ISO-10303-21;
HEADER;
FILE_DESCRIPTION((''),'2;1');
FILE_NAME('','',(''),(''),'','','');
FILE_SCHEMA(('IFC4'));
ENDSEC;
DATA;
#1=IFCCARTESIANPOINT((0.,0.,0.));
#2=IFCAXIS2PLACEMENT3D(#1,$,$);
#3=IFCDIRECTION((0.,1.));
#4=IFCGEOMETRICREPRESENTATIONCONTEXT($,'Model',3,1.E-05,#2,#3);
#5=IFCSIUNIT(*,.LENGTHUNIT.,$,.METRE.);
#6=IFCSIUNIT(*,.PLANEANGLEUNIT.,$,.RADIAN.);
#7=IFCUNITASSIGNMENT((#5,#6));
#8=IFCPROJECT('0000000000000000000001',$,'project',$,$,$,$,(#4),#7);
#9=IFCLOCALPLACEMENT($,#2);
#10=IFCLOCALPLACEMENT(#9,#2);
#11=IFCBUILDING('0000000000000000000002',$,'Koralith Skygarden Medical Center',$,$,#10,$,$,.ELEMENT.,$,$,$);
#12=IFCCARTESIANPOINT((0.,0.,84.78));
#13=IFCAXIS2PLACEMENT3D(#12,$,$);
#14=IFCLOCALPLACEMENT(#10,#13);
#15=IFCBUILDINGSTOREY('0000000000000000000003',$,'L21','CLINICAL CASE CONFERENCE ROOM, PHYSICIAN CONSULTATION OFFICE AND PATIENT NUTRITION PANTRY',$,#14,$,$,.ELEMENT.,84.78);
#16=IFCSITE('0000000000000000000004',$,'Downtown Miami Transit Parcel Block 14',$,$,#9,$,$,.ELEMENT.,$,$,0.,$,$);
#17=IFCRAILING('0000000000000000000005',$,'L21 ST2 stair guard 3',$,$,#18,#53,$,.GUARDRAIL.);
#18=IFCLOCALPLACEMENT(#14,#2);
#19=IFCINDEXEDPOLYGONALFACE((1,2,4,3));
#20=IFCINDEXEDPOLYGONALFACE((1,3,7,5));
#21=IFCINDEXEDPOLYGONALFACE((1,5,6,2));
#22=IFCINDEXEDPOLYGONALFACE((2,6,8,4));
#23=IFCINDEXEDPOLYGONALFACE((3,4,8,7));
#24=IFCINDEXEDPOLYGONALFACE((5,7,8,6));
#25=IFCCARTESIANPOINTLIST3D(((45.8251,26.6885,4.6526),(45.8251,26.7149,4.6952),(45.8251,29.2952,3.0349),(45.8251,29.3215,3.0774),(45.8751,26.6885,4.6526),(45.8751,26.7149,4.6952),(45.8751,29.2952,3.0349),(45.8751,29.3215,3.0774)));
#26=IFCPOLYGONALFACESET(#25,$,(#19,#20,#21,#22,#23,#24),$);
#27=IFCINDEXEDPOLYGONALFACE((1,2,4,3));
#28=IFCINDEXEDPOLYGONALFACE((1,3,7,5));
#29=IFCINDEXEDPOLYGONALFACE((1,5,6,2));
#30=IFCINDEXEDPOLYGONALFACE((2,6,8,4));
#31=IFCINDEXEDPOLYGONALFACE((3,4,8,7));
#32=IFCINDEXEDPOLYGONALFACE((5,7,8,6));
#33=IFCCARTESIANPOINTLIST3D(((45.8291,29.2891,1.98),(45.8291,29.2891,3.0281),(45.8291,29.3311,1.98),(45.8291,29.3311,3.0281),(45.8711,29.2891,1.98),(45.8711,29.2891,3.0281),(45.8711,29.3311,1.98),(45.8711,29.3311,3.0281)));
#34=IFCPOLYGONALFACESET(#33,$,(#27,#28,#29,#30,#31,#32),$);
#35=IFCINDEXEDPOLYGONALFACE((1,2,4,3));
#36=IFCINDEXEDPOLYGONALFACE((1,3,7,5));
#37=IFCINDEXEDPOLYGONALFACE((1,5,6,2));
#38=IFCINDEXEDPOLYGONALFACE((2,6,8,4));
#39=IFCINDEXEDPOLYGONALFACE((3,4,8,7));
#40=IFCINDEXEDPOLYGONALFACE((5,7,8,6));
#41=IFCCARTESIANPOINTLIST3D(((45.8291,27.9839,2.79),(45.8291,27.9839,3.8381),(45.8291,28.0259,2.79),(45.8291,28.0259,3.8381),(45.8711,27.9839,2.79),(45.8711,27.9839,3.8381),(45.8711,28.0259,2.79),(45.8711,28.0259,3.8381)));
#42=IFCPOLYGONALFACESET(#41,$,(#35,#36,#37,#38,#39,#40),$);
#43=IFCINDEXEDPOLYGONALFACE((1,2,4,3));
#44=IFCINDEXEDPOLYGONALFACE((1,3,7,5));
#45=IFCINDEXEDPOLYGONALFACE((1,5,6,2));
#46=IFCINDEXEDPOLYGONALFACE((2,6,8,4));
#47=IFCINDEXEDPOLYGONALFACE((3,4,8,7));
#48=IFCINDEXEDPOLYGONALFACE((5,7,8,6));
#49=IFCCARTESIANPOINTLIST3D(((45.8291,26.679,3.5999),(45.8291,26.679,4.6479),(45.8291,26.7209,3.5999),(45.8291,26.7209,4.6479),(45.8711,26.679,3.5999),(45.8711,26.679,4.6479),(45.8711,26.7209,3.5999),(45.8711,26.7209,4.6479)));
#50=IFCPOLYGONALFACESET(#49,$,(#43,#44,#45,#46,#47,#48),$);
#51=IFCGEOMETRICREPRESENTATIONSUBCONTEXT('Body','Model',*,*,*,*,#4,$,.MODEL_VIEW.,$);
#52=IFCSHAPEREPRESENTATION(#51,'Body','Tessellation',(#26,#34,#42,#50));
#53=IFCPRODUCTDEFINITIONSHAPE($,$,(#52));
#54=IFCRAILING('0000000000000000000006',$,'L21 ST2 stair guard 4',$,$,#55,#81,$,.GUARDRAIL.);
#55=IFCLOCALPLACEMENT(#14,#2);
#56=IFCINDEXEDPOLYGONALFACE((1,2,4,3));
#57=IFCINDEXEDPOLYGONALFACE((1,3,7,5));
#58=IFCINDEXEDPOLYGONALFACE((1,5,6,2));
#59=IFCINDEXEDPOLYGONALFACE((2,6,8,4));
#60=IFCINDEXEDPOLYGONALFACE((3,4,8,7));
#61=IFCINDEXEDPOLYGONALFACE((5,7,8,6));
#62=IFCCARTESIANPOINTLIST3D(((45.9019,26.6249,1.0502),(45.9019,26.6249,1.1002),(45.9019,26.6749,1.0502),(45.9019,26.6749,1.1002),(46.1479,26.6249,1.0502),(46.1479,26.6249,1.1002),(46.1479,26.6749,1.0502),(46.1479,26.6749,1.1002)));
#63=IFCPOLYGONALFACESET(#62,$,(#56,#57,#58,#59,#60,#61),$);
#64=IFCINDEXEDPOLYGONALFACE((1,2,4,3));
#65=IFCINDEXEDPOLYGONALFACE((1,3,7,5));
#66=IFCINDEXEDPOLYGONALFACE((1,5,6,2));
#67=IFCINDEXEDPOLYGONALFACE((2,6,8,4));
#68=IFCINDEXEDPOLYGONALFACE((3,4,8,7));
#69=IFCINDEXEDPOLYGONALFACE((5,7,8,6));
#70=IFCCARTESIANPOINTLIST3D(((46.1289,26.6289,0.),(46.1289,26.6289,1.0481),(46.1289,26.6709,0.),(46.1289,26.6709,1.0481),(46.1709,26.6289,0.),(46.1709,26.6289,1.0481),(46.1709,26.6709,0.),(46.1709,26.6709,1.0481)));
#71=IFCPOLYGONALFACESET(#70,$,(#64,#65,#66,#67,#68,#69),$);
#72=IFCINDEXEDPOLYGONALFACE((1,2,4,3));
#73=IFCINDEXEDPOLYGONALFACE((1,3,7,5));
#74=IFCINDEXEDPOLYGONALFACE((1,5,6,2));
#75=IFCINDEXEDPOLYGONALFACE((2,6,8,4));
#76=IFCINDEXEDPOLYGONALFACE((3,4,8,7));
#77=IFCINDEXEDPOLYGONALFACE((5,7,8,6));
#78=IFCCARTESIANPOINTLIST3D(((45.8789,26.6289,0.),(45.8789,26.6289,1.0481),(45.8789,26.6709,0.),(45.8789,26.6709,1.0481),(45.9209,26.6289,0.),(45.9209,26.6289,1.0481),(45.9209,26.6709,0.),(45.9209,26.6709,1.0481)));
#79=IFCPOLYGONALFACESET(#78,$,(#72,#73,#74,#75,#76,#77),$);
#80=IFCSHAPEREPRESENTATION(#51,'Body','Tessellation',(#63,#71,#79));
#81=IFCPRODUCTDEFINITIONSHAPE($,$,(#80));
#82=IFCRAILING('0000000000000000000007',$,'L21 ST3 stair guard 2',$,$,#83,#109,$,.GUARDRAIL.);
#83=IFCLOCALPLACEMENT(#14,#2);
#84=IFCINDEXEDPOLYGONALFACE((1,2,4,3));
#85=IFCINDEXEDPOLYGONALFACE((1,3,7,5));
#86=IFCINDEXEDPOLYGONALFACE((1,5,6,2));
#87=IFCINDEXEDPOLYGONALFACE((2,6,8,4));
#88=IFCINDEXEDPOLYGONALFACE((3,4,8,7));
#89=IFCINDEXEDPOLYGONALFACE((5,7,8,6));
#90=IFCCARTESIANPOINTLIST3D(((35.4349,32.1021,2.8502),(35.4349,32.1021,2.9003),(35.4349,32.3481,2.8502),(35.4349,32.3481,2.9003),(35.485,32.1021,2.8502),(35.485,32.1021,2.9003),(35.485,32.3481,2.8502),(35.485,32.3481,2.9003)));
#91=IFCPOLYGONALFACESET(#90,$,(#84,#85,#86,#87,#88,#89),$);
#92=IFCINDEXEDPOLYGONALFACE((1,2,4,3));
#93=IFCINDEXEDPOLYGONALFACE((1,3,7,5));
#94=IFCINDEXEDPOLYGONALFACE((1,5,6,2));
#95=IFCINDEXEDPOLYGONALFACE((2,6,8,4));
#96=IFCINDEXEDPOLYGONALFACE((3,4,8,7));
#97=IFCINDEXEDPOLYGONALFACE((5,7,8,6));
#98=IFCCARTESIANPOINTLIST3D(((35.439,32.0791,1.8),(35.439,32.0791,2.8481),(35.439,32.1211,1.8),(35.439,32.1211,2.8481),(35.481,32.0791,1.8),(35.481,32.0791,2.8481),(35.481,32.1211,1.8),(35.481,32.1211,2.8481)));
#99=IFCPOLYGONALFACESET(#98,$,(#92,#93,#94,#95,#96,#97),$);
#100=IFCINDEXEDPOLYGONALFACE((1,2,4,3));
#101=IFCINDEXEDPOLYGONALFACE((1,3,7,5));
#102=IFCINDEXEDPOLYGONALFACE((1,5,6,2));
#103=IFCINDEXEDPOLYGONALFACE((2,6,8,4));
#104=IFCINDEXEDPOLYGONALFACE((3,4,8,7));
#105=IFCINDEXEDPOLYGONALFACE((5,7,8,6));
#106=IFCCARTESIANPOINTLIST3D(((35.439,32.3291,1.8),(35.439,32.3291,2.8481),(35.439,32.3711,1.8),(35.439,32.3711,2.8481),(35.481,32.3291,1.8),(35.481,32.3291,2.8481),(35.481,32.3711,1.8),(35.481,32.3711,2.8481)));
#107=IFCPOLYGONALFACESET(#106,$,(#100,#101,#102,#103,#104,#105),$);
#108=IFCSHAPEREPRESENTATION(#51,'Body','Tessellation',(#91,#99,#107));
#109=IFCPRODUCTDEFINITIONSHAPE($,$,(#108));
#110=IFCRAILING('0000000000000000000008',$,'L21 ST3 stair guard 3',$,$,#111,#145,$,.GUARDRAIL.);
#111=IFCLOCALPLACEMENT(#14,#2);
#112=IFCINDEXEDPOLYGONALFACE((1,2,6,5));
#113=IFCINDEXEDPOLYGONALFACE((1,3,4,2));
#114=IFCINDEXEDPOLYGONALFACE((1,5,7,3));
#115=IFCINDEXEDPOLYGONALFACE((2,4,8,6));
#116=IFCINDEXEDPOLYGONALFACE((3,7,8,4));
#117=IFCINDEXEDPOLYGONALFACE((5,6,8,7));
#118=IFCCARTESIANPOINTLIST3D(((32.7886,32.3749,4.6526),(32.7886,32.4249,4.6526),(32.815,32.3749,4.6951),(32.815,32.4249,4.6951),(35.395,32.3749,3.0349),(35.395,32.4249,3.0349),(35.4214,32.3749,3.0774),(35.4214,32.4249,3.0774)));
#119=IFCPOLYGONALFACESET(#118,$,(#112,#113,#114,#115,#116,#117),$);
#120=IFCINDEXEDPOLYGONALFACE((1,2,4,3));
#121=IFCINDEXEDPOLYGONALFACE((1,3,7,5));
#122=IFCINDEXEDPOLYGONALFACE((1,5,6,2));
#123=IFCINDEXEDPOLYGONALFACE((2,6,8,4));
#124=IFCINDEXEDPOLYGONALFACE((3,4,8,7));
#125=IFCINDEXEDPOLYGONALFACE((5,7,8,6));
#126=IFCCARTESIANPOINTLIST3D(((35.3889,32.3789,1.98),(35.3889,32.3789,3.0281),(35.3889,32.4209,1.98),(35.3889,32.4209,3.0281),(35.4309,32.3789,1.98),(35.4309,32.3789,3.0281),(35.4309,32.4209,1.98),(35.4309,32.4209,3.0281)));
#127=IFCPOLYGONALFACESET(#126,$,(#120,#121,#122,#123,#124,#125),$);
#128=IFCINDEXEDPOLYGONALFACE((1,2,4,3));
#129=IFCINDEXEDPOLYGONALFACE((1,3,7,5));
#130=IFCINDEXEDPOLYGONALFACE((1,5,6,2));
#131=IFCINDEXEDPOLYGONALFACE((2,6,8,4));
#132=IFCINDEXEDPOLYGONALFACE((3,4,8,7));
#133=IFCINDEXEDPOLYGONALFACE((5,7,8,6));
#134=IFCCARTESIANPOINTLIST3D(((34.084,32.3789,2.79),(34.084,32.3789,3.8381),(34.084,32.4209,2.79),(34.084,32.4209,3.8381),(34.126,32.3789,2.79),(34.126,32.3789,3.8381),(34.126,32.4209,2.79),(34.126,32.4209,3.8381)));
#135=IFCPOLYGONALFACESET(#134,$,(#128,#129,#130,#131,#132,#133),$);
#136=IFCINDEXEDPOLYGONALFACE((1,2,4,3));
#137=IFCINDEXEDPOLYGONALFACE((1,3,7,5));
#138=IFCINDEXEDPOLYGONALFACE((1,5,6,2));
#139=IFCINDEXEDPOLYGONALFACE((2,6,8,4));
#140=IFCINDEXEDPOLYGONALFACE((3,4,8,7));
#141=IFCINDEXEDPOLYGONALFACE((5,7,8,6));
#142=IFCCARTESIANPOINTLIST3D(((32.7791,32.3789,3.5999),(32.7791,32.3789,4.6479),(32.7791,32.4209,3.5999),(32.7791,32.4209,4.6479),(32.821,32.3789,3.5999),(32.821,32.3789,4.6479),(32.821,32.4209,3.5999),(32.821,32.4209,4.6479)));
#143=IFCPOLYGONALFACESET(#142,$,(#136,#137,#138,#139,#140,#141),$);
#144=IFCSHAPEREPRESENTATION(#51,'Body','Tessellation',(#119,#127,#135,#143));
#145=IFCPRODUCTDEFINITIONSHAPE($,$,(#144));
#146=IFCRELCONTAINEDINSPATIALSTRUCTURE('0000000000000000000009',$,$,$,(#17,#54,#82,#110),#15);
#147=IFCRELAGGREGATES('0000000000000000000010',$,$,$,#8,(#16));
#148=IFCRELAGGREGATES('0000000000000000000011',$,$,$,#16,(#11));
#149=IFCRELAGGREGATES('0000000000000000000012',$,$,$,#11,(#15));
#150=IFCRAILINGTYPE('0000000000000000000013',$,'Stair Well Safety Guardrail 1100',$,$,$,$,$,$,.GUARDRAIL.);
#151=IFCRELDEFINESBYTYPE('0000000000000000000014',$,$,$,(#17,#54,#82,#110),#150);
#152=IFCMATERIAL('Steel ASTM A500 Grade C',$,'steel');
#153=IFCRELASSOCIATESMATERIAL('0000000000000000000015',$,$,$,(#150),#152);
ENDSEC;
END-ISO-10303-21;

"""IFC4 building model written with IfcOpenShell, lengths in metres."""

from ifc_helpers import new_model, si_unit, direction, frame, origin, origin_2d, place, context, subcontext, project, spatial, rectangle, extrude, material, type_object, element, save


model = new_model("IFC4")

# Units and contexts
model_context = context("Model", 3, precision=1e-05, world=origin(), true_north=direction((0.0, 1.0)))
body_context = subcontext(model_context, "Body", "Model", "MODEL_VIEW")
ifc_project = project(units=[si_unit("LENGTHUNIT", "METRE"), si_unit("PLANEANGLEUNIT", "RADIAN")], contexts=[model_context])

# Site, building, storey
site_placement = place(None, origin())
site = spatial("IfcSite", under=ifc_project, at=site_placement, Name="Downtown Miami Transit Parcel Block 14", CompositionType="ELEMENT", RefElevation=0.0)
building_placement = place(site_placement, origin())
building = spatial("IfcBuilding", under=site, at=building_placement, Name="Koralith Skygarden Medical Center", CompositionType="ELEMENT")
storey_placement = place(building_placement, frame((0.0, 0.0, 84.78)))
storey = spatial("IfcBuildingStorey", under=building, at=storey_placement, Name="L21", Description="CLINICAL CASE CONFERENCE ROOM, PHYSICIAN CONSULTATION OFFICE AND PATIENT NUTRITION PANTRY", CompositionType="ELEMENT", Elevation=84.78)

# Railings
ifc_material_1 = material(Name="Steel ASTM A500 Grade C", Category="steel")
railing_type_1 = type_object("IfcRailingType", Name="Stair Well Safety Guardrail 1100", PredefinedType="GUARDRAIL", material=ifc_material_1)
railing_1_placement = place(storey_placement, frame((45.8501, 29.3101, 1.98)))
element("IfcRailing", 1, at=railing_1_placement, inside=storey, type_object=railing_type_1, Name="L21 ST2 stair guard 3", PredefinedType="GUARDRAIL", context=body_context, shape_type="SweptSolid", body=[
    extrude(rectangle(XDim=0.05, YDim=0.05, at=origin_2d()), frame((0.0, -0.0017, 1.0762), z_axis=(0.0, -0.849668, 0.527317), x_axis=(1.0, 0.0, 0.0)), (0.0, 0.0, 1.0), 3.0679),
    extrude(rectangle(XDim=0.042, YDim=0.042, at=origin_2d()), origin(), (0.0, 0.0, 1.0), 1.0481),
    extrude(rectangle(XDim=0.042, YDim=0.042, at=origin_2d()), frame((0.0, -1.3052, 0.8101)), (0.0, 0.0, 1.0), 1.0481),
    extrude(rectangle(XDim=0.042, YDim=0.042, at=origin_2d()), frame((0.0, -2.6101, 1.6199)), (0.0, 0.0, 1.0), 1.0481),
])
railing_2_placement = place(storey_placement, frame((46.1499, 26.6499, 0.0)))
element("IfcRailing", 2, at=railing_2_placement, inside=storey, type_object=railing_type_1, Name="L21 ST2 stair guard 4", PredefinedType="GUARDRAIL", context=body_context, shape_type="SweptSolid", body=[
    extrude(rectangle(XDim=0.05, YDim=0.05, at=origin_2d()), frame((-0.002, 0.0, 1.0752), z_axis=(-1.0, 0.0, 0.0), x_axis=(0.0, -1.0, 0.0)), (0.0, 0.0, 1.0), 0.2461),
    extrude(rectangle(XDim=0.042, YDim=0.042, at=origin_2d()), origin(), (0.0, 0.0, 1.0), 1.0481),
    extrude(rectangle(XDim=0.042, YDim=0.042, at=origin_2d()), frame((-0.25, 0.0, 0.0)), (0.0, 0.0, 1.0), 1.0481),
])
railing_3_placement = place(storey_placement, frame((35.46, 32.1001, 1.8)))
element("IfcRailing", 3, at=railing_3_placement, inside=storey, type_object=railing_type_1, Name="L21 ST3 stair guard 2", PredefinedType="GUARDRAIL", context=body_context, shape_type="SweptSolid", body=[
    extrude(rectangle(XDim=0.05, YDim=0.05, at=origin_2d()), frame((0.0, 0.002, 1.0752), z_axis=(0.0, 1.0, 0.0), x_axis=(-1.0, 0.0, 0.0)), (0.0, 0.0, 1.0), 0.2461),
    extrude(rectangle(XDim=0.042, YDim=0.042, at=origin_2d()), origin(), (0.0, 0.0, 1.0), 1.0481),
    extrude(rectangle(XDim=0.042, YDim=0.042, at=origin_2d()), frame((0.0, 0.25, 0.0)), (0.0, 0.0, 1.0), 1.0481),
])
railing_4_placement = place(storey_placement, frame((35.4099, 32.3999, 1.98)))
element("IfcRailing", 4, at=railing_4_placement, inside=storey, type_object=railing_type_1, Name="L21 ST3 stair guard 3", PredefinedType="GUARDRAIL", context=body_context, shape_type="SweptSolid", body=[
    extrude(rectangle(XDim=0.05, YDim=0.05, at=origin_2d()), frame((-0.0017, 0.0, 1.0762), z_axis=(-0.849646, 0.0, 0.527353), x_axis=(0.0, -1.0, 0.0)), (0.0, 0.0, 1.0), 3.0676),
    extrude(rectangle(XDim=0.042, YDim=0.042, at=origin_2d()), origin(), (0.0, 0.0, 1.0), 1.0481),
    extrude(rectangle(XDim=0.042, YDim=0.042, at=origin_2d()), frame((-1.3049, 0.0, 0.8101)), (0.0, 0.0, 1.0), 1.0481),
    extrude(rectangle(XDim=0.042, YDim=0.042, at=origin_2d()), frame((-2.6099, 0.0, 1.6199)), (0.0, 0.0, 1.0), 1.0481),
])

save(model, "model.ifc")
